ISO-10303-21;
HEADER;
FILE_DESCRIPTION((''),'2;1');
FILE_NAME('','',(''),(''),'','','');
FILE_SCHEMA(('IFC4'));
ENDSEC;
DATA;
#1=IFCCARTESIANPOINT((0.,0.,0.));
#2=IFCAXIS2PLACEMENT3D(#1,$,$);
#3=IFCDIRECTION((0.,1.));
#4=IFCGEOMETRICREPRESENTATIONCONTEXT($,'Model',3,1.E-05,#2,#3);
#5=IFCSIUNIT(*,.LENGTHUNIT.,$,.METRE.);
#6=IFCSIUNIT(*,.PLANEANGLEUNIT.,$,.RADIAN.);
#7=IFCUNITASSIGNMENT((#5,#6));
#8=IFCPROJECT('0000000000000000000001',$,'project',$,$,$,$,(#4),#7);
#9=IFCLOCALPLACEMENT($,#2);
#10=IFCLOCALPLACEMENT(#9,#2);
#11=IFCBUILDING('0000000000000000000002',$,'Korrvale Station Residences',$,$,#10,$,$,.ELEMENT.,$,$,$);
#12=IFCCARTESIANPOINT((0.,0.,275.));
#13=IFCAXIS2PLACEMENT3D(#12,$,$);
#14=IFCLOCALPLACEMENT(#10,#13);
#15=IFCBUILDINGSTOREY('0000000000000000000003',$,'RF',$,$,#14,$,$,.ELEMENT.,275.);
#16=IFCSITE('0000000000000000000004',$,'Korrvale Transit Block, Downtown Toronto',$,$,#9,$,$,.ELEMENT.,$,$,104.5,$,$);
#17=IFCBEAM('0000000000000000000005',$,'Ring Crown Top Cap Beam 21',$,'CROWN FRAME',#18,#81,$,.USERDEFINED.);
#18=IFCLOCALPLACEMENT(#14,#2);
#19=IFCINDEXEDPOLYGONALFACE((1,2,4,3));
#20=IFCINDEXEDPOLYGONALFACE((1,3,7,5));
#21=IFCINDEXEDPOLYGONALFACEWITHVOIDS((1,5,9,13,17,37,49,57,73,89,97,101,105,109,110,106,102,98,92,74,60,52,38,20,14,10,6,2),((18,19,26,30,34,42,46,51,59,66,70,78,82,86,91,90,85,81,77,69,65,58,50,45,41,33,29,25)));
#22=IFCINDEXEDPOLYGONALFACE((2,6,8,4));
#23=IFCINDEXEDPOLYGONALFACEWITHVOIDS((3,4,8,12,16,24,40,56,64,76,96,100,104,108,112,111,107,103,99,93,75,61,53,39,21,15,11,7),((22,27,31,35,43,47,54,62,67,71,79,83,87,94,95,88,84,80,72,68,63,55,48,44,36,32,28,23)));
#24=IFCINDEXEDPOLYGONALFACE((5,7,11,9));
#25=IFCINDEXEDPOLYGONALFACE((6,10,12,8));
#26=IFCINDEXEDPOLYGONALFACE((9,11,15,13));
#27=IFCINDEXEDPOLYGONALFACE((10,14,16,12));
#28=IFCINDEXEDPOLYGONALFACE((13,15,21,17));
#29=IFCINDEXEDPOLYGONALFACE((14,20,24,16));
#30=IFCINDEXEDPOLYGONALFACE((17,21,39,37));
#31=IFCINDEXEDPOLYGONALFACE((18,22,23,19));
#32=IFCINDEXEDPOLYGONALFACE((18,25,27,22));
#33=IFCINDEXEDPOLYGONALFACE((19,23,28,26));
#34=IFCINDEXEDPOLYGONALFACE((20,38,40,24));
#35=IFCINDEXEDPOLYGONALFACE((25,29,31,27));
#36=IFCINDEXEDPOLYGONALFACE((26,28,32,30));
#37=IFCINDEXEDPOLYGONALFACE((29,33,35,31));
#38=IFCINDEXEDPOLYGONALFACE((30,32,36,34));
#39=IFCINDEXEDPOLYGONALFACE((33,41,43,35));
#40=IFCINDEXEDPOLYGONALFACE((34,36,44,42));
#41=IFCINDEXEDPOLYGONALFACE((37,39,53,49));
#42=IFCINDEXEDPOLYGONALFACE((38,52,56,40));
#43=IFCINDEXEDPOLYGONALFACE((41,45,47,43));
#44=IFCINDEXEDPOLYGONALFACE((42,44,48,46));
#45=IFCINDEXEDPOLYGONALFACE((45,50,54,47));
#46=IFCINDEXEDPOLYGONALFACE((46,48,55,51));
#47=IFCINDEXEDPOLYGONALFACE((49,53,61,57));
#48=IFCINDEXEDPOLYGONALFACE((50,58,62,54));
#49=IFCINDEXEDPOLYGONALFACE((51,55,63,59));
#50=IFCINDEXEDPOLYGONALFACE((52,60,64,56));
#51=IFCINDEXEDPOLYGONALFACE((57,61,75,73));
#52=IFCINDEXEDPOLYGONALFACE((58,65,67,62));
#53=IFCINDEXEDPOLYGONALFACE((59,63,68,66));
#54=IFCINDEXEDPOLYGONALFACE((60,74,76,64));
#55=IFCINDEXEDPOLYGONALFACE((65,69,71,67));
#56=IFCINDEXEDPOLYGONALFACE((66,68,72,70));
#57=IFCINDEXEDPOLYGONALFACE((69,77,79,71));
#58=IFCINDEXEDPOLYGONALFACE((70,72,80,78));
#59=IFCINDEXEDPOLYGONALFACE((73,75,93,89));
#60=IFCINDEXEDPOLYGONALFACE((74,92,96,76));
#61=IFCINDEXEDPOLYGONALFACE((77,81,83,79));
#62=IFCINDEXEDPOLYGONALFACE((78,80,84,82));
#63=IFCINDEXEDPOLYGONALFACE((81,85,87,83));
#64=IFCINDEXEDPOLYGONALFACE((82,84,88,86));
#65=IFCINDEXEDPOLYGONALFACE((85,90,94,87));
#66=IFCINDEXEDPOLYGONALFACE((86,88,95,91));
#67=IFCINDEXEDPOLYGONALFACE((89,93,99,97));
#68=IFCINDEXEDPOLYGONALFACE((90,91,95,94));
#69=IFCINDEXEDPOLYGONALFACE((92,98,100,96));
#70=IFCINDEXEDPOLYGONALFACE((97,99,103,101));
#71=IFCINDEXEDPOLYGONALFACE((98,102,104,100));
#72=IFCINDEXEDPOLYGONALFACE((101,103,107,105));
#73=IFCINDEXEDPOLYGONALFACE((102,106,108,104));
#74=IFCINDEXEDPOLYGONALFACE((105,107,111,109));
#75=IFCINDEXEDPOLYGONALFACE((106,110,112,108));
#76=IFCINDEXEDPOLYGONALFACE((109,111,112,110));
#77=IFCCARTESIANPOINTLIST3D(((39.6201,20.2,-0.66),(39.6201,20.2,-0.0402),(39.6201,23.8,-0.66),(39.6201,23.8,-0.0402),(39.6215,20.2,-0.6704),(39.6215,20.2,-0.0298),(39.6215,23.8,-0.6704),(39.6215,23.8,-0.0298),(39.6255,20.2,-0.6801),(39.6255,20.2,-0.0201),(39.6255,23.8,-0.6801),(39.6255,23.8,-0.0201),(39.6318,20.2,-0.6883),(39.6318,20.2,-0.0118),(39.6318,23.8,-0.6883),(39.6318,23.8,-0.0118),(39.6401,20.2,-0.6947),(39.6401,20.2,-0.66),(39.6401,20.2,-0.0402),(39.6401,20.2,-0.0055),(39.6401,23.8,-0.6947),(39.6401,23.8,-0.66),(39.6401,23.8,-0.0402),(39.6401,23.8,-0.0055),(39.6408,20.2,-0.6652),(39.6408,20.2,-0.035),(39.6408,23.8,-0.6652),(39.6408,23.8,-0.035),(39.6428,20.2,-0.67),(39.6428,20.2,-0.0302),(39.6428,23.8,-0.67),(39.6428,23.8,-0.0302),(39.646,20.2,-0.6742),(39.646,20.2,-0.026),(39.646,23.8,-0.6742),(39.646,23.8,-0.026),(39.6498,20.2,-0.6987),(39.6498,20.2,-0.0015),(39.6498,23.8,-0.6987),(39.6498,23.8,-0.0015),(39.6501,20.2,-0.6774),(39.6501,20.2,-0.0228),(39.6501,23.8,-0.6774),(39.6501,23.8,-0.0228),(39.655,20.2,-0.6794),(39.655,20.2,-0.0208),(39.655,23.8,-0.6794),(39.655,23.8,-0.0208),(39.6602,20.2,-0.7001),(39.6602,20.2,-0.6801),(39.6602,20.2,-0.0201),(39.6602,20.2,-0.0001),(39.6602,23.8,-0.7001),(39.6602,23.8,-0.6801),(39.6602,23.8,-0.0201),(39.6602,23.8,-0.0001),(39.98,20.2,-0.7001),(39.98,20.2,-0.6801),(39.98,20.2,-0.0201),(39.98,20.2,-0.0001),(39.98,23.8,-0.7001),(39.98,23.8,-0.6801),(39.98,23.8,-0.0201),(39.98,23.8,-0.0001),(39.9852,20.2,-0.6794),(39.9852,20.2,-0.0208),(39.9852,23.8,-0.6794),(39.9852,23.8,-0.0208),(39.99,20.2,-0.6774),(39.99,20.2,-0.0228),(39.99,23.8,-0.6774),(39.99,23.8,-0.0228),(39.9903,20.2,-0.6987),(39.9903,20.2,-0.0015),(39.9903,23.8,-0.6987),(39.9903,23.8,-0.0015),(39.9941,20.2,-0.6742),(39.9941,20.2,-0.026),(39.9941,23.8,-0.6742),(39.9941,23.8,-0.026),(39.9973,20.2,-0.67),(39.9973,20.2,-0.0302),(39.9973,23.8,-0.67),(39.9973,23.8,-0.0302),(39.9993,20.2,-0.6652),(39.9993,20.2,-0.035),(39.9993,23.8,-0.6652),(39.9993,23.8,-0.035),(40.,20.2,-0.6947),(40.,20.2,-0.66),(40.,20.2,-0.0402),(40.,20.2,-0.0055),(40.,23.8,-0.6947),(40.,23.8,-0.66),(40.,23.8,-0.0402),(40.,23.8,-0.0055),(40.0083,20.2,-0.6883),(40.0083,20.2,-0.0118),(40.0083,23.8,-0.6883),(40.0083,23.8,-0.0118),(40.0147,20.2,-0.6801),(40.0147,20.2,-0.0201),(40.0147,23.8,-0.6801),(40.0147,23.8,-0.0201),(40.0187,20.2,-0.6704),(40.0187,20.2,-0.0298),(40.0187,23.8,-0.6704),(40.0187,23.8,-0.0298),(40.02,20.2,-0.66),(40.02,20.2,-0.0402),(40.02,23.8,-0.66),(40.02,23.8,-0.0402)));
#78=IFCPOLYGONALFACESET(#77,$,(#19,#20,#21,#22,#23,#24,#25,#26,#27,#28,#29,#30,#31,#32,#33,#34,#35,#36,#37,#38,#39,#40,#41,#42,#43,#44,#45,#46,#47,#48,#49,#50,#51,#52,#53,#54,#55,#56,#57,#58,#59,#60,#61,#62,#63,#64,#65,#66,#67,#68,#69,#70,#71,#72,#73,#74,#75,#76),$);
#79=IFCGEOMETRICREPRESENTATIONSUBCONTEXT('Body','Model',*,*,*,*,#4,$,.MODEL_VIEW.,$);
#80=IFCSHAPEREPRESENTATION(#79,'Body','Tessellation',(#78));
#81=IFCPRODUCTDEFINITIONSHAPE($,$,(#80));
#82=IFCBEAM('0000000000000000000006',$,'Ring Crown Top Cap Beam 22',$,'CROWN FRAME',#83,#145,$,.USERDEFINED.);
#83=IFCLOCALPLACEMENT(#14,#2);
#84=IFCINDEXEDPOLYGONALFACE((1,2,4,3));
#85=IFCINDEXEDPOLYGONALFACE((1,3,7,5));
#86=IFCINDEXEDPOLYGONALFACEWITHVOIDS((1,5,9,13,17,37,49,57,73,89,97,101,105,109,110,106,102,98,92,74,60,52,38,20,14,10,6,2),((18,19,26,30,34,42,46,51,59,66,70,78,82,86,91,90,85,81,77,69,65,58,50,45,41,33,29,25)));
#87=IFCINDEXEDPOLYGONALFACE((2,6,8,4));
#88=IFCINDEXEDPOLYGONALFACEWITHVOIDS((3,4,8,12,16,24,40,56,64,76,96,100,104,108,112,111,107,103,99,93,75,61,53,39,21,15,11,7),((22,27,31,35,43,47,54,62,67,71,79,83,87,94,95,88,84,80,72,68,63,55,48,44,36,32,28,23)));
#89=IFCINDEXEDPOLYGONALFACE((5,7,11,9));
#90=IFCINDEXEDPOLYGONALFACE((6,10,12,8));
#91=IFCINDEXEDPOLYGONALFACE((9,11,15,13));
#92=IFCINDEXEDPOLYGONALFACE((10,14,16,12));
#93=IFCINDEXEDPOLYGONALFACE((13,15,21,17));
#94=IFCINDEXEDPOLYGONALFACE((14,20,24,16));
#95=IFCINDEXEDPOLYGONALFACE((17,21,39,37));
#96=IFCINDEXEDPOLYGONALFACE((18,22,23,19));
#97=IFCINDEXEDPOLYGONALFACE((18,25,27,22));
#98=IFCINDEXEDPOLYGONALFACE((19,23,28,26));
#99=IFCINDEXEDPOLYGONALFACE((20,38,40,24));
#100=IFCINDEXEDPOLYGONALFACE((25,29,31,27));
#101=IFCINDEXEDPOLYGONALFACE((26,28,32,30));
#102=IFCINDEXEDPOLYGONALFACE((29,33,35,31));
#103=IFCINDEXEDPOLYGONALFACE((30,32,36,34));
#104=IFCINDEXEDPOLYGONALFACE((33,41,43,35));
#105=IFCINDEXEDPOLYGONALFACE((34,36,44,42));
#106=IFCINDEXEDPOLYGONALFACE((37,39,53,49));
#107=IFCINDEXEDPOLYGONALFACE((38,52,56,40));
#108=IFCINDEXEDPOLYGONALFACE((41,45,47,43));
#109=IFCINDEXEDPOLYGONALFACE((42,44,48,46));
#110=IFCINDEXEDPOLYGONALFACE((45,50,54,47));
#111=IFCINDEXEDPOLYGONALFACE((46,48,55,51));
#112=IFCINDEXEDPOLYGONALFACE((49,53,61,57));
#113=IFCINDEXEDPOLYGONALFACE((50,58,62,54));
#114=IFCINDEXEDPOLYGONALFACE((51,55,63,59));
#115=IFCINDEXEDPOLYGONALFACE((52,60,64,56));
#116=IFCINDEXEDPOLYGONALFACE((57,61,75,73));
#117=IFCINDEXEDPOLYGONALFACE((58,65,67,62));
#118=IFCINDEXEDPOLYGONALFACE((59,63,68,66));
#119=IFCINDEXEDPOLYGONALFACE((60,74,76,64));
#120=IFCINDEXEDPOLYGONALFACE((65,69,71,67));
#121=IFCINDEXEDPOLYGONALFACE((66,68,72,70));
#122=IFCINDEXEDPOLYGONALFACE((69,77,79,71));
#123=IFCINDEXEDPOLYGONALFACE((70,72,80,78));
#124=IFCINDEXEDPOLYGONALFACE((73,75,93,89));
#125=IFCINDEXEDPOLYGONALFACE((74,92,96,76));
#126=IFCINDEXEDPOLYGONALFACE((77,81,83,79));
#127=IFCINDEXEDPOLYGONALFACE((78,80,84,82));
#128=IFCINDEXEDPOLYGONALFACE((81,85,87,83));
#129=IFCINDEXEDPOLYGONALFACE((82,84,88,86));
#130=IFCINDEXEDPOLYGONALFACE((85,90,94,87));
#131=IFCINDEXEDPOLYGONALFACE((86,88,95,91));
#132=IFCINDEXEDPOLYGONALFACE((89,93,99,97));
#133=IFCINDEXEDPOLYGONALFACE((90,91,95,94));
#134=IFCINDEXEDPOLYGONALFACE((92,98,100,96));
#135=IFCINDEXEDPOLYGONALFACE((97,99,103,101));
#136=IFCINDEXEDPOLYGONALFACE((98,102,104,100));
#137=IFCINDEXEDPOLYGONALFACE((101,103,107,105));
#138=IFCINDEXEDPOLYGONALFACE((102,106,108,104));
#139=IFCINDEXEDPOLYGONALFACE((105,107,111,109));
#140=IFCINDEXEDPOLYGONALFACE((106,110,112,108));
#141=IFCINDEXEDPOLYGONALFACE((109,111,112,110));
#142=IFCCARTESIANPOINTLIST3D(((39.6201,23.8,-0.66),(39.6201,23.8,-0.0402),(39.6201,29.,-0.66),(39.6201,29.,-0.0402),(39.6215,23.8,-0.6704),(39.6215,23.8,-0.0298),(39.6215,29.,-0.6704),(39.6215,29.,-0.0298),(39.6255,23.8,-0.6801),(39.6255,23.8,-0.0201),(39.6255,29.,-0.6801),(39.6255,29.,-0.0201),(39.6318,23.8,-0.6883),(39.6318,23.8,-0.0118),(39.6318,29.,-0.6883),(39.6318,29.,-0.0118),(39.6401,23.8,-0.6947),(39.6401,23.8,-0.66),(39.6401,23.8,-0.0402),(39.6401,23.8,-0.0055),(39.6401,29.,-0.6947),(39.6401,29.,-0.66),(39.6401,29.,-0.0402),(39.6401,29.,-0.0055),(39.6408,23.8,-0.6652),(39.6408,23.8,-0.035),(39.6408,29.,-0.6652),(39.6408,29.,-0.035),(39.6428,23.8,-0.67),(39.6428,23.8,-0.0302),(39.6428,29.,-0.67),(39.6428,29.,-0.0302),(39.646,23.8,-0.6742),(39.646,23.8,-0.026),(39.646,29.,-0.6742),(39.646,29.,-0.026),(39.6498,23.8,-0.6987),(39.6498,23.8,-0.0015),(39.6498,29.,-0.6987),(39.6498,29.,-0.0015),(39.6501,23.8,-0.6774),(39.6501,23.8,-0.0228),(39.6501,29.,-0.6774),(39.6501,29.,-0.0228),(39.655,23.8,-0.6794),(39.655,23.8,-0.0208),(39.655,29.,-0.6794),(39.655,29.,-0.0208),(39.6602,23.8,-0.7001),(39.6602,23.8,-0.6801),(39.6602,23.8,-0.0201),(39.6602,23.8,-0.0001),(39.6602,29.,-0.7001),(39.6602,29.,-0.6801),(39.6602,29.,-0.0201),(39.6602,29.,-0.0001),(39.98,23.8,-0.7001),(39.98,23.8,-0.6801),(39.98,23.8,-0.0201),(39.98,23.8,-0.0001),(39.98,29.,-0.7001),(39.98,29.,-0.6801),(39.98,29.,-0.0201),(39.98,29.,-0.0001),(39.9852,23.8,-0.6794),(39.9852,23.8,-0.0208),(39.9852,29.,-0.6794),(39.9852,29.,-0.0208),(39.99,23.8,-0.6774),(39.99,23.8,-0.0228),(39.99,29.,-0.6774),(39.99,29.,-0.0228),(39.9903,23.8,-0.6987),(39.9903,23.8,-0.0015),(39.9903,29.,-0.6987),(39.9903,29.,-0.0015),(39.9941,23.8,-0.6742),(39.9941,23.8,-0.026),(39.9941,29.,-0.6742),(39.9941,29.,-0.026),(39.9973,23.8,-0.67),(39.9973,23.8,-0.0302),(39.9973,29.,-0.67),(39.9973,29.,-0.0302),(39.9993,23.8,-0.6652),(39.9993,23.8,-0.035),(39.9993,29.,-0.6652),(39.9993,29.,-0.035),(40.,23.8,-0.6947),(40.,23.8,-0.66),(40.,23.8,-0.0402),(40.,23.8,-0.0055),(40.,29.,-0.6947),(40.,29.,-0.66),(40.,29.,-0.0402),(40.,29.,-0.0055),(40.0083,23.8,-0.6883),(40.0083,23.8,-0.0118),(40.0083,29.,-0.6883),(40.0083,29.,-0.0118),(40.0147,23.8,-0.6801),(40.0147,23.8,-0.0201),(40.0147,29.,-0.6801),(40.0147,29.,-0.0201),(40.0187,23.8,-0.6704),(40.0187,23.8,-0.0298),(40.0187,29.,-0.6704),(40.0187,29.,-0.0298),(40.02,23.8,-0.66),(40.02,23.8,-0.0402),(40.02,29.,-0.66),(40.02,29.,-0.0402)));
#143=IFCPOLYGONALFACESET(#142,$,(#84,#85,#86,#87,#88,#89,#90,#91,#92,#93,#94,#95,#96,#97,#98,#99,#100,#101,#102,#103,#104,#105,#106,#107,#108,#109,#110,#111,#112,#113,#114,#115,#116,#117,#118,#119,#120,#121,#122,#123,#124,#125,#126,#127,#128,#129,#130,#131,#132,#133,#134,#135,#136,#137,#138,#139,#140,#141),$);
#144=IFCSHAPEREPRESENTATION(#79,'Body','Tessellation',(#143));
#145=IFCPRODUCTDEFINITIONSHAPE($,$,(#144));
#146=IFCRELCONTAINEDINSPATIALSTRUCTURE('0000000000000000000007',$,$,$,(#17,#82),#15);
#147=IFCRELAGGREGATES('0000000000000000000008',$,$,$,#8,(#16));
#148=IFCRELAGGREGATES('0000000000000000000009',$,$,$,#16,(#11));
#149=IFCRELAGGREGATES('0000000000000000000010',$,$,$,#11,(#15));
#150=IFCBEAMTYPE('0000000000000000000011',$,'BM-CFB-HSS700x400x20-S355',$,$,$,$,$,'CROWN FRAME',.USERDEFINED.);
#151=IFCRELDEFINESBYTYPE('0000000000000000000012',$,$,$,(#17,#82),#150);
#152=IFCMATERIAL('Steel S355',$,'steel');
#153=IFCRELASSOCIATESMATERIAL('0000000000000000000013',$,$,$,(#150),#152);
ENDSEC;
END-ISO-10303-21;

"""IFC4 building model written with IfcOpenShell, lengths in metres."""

from ifc_helpers import new_model, si_unit, direction, frame, origin, origin_2d, place, context, subcontext, project, spatial, hollow_rectangle, extrude, material, material_profile, profile_set, type_object, element, save


model = new_model("IFC4")

# Units and contexts
model_context = context("Model", 3, precision=1e-05, world=origin(), true_north=direction((0.0, 1.0)))
body_context = subcontext(model_context, "Body", "Model", "MODEL_VIEW")
ifc_project = project(units=[si_unit("LENGTHUNIT", "METRE"), si_unit("PLANEANGLEUNIT", "RADIAN")], contexts=[model_context])

# Site, building, storey
site_placement = place(None, origin())
site = spatial("IfcSite", under=ifc_project, at=site_placement, Name="Korrvale Transit Block, Downtown Toronto", CompositionType="ELEMENT", RefElevation=104.5)
building_placement = place(site_placement, origin())
building = spatial("IfcBuilding", under=site, at=building_placement, Name="Korrvale Station Residences", CompositionType="ELEMENT")
storey_placement = place(building_placement, frame((0.0, 0.0, 275.0)))
storey = spatial("IfcBuildingStorey", under=building, at=storey_placement, Name="RF", CompositionType="ELEMENT", Elevation=275.0)

# Beams
ifc_material_1 = material(Name="Steel S355", Category="steel")
ifc_material_profile = material_profile(ifc_material_1, hollow_rectangle(XDim=0.3999, YDim=0.7, WallThickness=0.02, InnerFilletRadius=0.02, OuterFilletRadius=0.04, at=origin_2d()), Name="HSS700x400x20")
ifc_profile_set = profile_set([ifc_material_profile], Name="Steel S355")
beam_type = type_object("IfcBeamType", Name="BM-CFB-HSS700x400x20-S355", ElementType="CROWN FRAME", PredefinedType="USERDEFINED", material=ifc_profile_set)
beam_1_placement = place(storey_placement, frame((39.8201, 20.2, -0.3501), z_axis=(0.0, 1.0, 0.0), x_axis=(-1.0, 0.0, 0.0)))
element("IfcBeam", 1, at=beam_1_placement, inside=storey, type_object=beam_type, Name="Ring Crown Top Cap Beam 21", ObjectType="CROWN FRAME", PredefinedType="USERDEFINED", context=body_context, shape_type="SweptSolid", body=[
    extrude(hollow_rectangle(XDim=0.3999, YDim=0.7, WallThickness=0.02, InnerFilletRadius=0.02, OuterFilletRadius=0.04, at=origin_2d()), origin(), (0.0, 0.0, 1.0), 3.6001),
])
beam_2_placement = place(storey_placement, frame((39.8201, 23.8, -0.3501), z_axis=(0.0, 1.0, 0.0), x_axis=(-1.0, 0.0, 0.0)))
element("IfcBeam", 2, at=beam_2_placement, inside=storey, type_object=beam_type, Name="Ring Crown Top Cap Beam 22", ObjectType="CROWN FRAME", PredefinedType="USERDEFINED", context=body_context, shape_type="SweptSolid", body=[
    extrude(hollow_rectangle(XDim=0.3999, YDim=0.7, WallThickness=0.02, InnerFilletRadius=0.02, OuterFilletRadius=0.04, at=origin_2d()), origin(), (0.0, 0.0, 1.0), 5.2),
])

save(model, "model.ifc")
